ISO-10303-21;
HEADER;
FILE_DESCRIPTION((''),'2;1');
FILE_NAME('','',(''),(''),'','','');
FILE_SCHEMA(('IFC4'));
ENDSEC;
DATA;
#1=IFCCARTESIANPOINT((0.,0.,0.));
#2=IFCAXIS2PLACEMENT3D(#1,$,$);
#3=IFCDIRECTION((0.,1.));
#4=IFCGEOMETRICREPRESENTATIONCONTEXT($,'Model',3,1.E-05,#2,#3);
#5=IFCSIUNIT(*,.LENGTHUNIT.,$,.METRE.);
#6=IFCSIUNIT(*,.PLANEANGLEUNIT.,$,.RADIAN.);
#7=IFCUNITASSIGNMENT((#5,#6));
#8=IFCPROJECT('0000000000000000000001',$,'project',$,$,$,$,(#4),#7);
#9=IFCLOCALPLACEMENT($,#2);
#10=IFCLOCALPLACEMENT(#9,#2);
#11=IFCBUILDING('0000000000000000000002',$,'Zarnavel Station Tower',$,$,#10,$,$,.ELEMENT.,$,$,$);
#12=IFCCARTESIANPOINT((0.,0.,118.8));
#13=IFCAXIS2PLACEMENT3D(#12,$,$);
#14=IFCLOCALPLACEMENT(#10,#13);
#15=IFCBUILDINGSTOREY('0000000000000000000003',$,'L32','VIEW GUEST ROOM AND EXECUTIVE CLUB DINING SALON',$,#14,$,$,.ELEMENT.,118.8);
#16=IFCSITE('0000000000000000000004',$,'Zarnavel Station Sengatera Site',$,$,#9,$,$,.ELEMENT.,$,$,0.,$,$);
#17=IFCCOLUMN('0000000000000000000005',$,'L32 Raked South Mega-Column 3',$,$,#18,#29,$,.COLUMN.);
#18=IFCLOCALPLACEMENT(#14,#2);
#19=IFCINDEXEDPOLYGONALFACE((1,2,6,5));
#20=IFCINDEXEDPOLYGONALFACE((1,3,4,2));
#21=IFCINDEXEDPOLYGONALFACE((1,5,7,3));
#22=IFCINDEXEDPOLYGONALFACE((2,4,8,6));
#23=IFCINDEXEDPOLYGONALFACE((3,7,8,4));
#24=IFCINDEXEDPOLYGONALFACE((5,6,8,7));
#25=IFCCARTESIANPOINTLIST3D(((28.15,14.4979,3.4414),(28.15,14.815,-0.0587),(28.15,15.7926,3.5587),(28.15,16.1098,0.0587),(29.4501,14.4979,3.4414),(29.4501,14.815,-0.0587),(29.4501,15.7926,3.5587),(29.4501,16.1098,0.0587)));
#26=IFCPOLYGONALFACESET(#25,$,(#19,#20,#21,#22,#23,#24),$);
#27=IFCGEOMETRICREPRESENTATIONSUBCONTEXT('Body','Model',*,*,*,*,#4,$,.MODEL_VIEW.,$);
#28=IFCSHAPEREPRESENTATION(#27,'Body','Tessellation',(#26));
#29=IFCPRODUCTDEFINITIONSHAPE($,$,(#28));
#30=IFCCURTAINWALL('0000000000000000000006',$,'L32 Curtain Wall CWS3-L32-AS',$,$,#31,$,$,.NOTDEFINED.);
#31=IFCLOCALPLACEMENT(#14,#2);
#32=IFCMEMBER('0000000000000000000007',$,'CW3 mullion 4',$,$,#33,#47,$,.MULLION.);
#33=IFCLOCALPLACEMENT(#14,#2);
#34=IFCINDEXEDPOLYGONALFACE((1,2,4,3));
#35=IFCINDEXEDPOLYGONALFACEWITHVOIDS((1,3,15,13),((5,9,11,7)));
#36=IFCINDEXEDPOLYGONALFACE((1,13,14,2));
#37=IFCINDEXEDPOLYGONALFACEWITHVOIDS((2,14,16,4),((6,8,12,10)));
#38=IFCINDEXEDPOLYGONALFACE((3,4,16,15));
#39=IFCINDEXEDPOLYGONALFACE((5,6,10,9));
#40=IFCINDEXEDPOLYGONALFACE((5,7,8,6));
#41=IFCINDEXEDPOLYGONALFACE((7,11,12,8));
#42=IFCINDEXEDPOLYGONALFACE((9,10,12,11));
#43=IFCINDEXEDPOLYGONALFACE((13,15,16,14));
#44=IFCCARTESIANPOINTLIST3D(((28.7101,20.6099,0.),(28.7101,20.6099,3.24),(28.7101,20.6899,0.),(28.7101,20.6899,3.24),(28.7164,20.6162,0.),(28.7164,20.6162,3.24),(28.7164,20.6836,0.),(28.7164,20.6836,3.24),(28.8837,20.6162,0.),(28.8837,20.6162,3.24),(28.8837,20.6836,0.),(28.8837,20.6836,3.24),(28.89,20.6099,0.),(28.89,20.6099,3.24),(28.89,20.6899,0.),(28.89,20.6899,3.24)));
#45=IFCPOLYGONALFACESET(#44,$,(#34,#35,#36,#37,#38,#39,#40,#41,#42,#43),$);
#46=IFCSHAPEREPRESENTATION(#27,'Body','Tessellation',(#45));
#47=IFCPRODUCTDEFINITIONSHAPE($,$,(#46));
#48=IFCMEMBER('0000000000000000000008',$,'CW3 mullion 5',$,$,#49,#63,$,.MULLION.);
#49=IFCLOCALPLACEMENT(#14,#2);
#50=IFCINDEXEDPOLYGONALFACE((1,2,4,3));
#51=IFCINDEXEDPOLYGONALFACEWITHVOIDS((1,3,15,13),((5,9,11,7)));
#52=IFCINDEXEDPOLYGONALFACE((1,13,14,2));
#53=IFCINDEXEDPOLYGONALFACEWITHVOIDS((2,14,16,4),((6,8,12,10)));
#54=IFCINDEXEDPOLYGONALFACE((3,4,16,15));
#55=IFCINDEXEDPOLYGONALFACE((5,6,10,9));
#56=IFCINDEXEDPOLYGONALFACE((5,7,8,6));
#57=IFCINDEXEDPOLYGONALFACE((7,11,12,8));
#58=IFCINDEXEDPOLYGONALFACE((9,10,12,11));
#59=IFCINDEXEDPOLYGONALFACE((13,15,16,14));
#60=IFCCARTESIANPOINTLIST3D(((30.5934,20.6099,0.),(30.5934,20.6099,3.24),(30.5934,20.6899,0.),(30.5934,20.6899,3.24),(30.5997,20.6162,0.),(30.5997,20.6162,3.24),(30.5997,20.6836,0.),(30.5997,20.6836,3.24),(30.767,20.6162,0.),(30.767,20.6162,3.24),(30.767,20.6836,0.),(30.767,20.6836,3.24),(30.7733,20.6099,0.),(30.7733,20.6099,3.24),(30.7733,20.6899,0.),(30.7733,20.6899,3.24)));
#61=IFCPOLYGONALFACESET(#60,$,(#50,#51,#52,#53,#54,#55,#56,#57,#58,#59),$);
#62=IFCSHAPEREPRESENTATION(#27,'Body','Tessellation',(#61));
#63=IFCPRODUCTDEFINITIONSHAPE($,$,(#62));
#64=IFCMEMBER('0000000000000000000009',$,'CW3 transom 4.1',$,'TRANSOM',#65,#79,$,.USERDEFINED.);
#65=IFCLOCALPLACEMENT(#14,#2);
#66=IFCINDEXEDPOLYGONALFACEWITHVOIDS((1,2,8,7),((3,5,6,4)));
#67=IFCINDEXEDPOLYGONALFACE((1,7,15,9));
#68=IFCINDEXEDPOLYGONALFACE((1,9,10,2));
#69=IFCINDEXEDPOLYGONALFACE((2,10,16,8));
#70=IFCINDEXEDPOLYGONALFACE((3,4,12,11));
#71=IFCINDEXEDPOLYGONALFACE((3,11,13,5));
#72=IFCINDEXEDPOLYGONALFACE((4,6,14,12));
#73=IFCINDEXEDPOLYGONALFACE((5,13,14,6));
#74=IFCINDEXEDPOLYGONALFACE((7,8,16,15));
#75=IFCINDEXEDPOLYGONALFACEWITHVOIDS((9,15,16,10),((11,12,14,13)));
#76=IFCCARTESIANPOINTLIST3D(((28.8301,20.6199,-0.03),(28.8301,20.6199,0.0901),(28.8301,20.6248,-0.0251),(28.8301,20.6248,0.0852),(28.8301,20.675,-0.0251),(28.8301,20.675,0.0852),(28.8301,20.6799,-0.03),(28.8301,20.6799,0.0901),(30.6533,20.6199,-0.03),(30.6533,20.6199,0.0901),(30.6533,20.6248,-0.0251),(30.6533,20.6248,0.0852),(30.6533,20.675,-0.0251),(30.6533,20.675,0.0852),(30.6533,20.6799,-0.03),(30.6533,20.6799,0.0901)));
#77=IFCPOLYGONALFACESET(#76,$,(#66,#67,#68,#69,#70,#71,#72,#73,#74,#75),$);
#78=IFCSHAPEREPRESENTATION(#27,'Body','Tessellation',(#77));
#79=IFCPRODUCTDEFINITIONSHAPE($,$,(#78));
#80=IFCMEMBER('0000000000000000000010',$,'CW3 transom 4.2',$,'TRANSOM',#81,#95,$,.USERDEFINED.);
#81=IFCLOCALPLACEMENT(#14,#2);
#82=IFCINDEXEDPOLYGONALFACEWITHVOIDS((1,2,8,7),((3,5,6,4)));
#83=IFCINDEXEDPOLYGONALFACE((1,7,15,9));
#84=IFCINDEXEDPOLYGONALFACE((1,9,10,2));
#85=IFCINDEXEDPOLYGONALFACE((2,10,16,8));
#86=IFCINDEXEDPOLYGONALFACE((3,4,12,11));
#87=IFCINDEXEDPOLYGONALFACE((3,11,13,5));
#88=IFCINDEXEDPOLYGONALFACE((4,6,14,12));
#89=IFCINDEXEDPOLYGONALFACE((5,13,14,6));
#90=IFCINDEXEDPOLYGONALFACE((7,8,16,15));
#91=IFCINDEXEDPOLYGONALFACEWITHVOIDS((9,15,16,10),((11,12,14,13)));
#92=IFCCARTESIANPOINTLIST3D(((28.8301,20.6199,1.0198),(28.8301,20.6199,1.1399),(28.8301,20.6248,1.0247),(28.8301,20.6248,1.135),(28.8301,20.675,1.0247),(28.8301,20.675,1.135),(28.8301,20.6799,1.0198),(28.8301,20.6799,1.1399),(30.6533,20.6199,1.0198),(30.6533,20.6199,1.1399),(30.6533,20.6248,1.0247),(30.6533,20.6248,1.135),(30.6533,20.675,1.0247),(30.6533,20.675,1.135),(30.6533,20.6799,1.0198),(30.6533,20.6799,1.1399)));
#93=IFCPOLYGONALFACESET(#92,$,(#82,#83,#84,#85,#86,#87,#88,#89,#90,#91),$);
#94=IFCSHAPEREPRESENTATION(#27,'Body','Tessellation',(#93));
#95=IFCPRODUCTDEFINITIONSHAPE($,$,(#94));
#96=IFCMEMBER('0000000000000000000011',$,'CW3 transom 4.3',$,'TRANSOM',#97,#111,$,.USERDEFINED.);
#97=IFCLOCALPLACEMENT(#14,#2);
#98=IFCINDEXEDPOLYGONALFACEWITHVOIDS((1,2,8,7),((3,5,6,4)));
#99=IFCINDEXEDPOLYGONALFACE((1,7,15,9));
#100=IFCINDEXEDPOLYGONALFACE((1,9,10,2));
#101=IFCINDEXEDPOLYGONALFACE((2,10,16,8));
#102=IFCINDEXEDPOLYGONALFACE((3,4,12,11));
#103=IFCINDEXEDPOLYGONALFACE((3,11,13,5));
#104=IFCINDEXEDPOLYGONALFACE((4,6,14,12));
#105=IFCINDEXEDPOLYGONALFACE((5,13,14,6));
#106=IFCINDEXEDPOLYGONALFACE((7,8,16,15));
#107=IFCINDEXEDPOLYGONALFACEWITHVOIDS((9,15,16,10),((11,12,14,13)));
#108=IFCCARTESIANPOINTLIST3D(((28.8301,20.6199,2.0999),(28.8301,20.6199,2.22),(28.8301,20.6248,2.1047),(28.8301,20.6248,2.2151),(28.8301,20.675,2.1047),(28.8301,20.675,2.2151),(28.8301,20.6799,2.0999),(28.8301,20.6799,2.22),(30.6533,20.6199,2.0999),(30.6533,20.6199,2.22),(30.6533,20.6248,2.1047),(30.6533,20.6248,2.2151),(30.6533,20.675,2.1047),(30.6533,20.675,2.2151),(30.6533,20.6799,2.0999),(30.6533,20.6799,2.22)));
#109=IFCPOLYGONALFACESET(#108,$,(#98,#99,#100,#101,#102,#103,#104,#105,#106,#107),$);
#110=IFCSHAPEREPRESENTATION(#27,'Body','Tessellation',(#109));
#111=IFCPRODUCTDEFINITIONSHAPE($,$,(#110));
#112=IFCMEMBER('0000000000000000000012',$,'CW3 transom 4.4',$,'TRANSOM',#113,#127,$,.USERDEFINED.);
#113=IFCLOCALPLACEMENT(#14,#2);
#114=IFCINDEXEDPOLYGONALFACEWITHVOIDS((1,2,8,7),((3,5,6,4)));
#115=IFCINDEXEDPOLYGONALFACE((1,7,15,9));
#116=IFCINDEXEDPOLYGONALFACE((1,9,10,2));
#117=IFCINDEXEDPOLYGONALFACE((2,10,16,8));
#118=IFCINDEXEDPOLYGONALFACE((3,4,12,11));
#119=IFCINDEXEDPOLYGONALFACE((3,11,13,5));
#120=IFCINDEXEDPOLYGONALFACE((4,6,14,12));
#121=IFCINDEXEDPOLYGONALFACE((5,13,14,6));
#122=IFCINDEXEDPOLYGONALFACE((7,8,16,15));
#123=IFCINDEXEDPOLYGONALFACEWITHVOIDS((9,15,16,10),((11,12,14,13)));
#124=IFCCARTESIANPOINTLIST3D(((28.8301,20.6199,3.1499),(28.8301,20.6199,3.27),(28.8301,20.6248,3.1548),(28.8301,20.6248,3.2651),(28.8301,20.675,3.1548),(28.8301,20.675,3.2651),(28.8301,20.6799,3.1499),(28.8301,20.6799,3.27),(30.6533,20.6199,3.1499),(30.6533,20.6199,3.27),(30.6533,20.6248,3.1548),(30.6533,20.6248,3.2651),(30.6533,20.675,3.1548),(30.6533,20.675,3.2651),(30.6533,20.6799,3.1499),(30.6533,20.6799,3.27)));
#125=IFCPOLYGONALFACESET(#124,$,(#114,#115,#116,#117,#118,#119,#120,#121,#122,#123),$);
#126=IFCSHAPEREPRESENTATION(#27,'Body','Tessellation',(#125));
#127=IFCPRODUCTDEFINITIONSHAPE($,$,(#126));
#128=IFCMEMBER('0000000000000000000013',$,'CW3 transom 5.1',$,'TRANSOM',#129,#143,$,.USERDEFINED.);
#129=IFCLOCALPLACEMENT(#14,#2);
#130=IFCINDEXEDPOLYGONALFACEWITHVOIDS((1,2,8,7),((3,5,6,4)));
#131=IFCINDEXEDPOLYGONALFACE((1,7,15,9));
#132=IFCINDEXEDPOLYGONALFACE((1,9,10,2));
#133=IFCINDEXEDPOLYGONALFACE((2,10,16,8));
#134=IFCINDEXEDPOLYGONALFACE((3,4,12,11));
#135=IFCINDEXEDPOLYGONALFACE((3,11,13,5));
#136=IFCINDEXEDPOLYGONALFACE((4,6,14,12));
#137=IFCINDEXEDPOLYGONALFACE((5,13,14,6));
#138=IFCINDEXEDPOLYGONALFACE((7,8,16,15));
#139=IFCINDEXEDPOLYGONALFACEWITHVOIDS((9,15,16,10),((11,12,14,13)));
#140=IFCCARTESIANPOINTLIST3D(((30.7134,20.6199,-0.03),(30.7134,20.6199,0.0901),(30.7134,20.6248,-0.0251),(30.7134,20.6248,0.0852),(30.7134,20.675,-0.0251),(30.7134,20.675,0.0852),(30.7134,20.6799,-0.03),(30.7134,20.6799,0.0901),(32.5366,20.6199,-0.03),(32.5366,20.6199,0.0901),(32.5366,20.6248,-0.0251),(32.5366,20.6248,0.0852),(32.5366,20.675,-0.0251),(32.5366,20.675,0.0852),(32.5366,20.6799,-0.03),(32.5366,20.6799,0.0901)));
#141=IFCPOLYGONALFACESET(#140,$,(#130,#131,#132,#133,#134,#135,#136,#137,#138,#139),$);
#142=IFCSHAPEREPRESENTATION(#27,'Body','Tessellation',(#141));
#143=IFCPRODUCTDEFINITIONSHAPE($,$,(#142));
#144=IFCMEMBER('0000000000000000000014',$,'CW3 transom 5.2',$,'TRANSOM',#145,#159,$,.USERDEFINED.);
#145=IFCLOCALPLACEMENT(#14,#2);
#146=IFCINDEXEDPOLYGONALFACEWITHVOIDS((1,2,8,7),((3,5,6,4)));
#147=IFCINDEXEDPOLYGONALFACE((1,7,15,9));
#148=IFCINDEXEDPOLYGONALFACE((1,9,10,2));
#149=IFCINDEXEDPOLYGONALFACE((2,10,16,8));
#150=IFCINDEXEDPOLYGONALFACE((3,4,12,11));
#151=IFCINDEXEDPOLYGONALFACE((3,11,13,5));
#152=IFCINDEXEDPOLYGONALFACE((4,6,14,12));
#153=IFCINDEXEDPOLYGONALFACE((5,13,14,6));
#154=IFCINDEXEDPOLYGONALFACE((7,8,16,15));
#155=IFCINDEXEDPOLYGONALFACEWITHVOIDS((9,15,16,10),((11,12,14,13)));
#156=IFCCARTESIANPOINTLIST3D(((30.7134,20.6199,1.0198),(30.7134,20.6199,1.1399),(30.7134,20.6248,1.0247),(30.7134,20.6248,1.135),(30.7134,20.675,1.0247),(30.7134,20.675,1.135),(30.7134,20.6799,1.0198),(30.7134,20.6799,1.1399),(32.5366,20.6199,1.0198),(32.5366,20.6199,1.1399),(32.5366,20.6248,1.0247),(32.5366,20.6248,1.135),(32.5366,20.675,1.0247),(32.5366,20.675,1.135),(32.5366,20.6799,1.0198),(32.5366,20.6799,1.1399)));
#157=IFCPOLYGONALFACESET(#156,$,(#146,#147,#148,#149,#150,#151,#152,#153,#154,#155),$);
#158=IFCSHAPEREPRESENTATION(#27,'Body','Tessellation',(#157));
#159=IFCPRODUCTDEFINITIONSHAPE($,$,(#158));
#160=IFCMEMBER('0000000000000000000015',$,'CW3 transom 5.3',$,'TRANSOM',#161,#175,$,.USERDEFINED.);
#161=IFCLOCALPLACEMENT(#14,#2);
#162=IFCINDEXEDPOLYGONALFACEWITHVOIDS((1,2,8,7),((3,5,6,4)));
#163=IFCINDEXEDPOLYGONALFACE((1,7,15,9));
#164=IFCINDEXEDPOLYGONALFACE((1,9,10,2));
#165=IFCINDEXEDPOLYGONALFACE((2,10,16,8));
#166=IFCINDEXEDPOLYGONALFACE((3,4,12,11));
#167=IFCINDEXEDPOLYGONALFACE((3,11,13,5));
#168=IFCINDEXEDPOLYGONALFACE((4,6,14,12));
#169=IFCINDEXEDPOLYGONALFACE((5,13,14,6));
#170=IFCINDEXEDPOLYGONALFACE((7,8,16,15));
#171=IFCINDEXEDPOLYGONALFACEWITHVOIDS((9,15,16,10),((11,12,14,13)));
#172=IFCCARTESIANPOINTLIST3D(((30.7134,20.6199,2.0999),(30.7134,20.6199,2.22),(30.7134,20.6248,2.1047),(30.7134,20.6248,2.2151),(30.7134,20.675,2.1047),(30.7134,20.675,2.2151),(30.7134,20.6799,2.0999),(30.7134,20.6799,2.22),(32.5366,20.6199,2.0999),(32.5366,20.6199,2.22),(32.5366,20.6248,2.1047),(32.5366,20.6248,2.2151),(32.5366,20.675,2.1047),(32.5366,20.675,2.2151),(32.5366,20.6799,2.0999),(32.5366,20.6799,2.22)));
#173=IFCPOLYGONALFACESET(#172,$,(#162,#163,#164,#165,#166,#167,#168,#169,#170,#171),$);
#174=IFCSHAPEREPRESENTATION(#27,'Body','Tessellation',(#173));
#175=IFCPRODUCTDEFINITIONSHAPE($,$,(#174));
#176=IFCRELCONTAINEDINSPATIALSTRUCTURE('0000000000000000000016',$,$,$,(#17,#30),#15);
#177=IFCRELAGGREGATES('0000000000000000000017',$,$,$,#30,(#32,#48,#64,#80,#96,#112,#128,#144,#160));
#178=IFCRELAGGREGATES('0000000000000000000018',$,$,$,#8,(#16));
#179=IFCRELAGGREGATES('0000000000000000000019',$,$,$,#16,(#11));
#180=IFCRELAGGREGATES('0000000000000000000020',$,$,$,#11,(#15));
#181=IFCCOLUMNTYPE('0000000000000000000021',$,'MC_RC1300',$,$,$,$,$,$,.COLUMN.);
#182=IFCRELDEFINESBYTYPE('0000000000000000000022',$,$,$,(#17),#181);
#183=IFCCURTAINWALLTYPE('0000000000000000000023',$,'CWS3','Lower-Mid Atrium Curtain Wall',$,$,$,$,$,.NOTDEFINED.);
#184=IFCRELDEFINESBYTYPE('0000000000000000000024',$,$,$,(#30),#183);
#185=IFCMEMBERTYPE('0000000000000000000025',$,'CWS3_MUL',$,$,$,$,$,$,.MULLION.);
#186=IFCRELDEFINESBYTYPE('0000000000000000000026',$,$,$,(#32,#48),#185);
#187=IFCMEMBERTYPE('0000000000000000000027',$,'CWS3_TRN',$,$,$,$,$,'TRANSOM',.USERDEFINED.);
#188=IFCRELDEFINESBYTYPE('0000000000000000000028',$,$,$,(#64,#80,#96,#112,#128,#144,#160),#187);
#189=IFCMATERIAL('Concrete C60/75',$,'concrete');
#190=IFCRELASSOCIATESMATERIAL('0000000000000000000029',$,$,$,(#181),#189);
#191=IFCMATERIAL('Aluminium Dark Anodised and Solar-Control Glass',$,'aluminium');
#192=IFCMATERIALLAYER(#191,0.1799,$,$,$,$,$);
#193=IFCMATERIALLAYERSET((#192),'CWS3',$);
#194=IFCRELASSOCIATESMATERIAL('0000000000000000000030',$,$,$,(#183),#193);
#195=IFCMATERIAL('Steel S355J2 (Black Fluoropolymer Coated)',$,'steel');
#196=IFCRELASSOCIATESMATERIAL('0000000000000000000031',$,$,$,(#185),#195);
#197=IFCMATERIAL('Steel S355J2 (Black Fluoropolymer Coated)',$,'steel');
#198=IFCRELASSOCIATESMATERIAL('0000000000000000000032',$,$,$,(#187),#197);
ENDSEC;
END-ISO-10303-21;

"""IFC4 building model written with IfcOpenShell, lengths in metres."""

from ifc_helpers import new_model, si_unit, direction, frame, origin, origin_2d, place, context, subcontext, project, spatial, rectangle, hollow_rectangle, extrude, material, layer, layer_set, material_profile, profile_set, type_object, element, aggregate, save


model = new_model("IFC4")

# Units and contexts
model_context = context("Model", 3, precision=1e-05, world=origin(), true_north=direction((0.0, 1.0)))
body_context = subcontext(model_context, "Body", "Model", "MODEL_VIEW")
ifc_project = project(units=[si_unit("LENGTHUNIT", "METRE"), si_unit("PLANEANGLEUNIT", "RADIAN")], contexts=[model_context])

# Site, building, storey
site_placement = place(None, origin())
site = spatial("IfcSite", under=ifc_project, at=site_placement, Name="Zarnavel Station Sengatera Site", CompositionType="ELEMENT", RefElevation=0.0)
building_placement = place(site_placement, origin())
building = spatial("IfcBuilding", under=site, at=building_placement, Name="Zarnavel Station Tower", CompositionType="ELEMENT")
storey_placement = place(building_placement, frame((0.0, 0.0, 118.8)))
storey = spatial("IfcBuildingStorey", under=building, at=storey_placement, Name="L32", Description="VIEW GUEST ROOM AND EXECUTIVE CLUB DINING SALON", CompositionType="ELEMENT", Elevation=118.8)

# Column
ifc_material_1 = material(Name="Concrete C60/75", Category="concrete")
ifc_material_profile_1 = material_profile(ifc_material_1, rectangle(XDim=1.3, YDim=1.3, at=origin_2d()), Name="RC1300x1300")
ifc_profile_set_1 = profile_set([ifc_material_profile_1], Name="Concrete C60/75")
column_type = type_object("IfcColumnType", Name="MC_RC1300", PredefinedType="COLUMN", material=ifc_profile_set_1)
column_placement = place(storey_placement, frame((28.8, 15.4624, 0.0), z_axis=(0.0, -0.090241, 0.99592), x_axis=(1.0, 0.0, 0.0)))
element("IfcColumn", 1, at=column_placement, inside=storey, type_object=column_type, Name="L32 Raked South Mega-Column 3", PredefinedType="COLUMN", context=body_context, shape_type="SweptSolid", body=[
    extrude(rectangle(XDim=1.3, YDim=1.3, at=origin_2d()), origin(), (0.0, 0.0, 1.0), 3.5144),
])

# Curtain wall, members
ifc_material_2 = material(Name="Aluminium Dark Anodised and Solar-Control Glass", Category="aluminium")
ifc_layer_1 = layer(ifc_material_2, 0.1799)
ifc_layer_set_1 = layer_set([ifc_layer_1], Name="CWS3")
curtain_wall_type_1 = type_object("IfcCurtainWallType", Name="CWS3", Description="Lower-Mid Atrium Curtain Wall", PredefinedType="NOTDEFINED", material=ifc_layer_set_1)
curtain_wall_1_placement = place(storey_placement, origin())
curtain_wall_1 = element("IfcCurtainWall", 2, at=curtain_wall_1_placement, inside=storey, type_object=curtain_wall_type_1, Name="L32 Curtain Wall CWS3-L32-AS", PredefinedType="NOTDEFINED")
ifc_material_3 = material(Name="Steel S355J2 (Black Fluoropolymer Coated)", Category="steel")
ifc_material_profile_2 = material_profile(ifc_material_3, hollow_rectangle(XDim=0.0801, YDim=0.1799, WallThickness=0.0063, at=origin_2d()), Name="RHS180x80x6.3")
ifc_profile_set_2 = profile_set([ifc_material_profile_2], Name="Steel S355J2 (Black Fluoropolymer Coated)")
member_type_1 = type_object("IfcMemberType", Name="CWS3_MUL", PredefinedType="MULLION", material=ifc_profile_set_2)
member_1_placement = place(storey_placement, frame((28.8, 20.6499, 0.0), z_axis=(0.0, 0.0, 1.0), x_axis=(0.0, 1.0, 0.0)))
member_1 = element("IfcMember", 3, at=member_1_placement, type_object=member_type_1, Name="CW3 mullion 4", PredefinedType="MULLION", context=body_context, shape_type="SweptSolid", body=[
    extrude(hollow_rectangle(XDim=0.0801, YDim=0.1799, WallThickness=0.0063, at=origin_2d()), origin(), (0.0, 0.0, 1.0), 3.24),
])
member_2_placement = place(storey_placement, frame((30.6833, 20.6499, 0.0), z_axis=(0.0, 0.0, 1.0), x_axis=(0.0, 1.0, 0.0)))
member_2 = element("IfcMember", 4, at=member_2_placement, type_object=member_type_1, Name="CW3 mullion 5", PredefinedType="MULLION", context=body_context, shape_type="SweptSolid", body=[
    extrude(hollow_rectangle(XDim=0.0801, YDim=0.1799, WallThickness=0.0063, at=origin_2d()), origin(), (0.0, 0.0, 1.0), 3.24),
])
ifc_material_4 = material(Name="Steel S355J2 (Black Fluoropolymer Coated)", Category="steel")
ifc_material_profile_3 = material_profile(ifc_material_4, hollow_rectangle(XDim=0.0601, YDim=0.1201, WallThickness=0.0049, at=origin_2d()), Name="RHS120x60x5")
ifc_profile_set_3 = profile_set([ifc_material_profile_3], Name="Steel S355J2 (Black Fluoropolymer Coated)")
member_type_2 = type_object("IfcMemberType", Name="CWS3_TRN", ElementType="TRANSOM", PredefinedType="USERDEFINED", material=ifc_profile_set_3)
member_3_placement = place(storey_placement, frame((28.8301, 20.6499, 0.03), z_axis=(1.0, 0.0, 0.0), x_axis=(0.0, 1.0, 0.0)))
member_3 = element("IfcMember", 5, at=member_3_placement, type_object=member_type_2, Name="CW3 transom 4.1", ObjectType="TRANSOM", PredefinedType="USERDEFINED", context=body_context, shape_type="SweptSolid", body=[
    extrude(hollow_rectangle(XDim=0.0601, YDim=0.1201, WallThickness=0.0049, at=origin_2d()), origin(), (0.0, 0.0, 1.0), 1.8232),
])
member_4_placement = place(storey_placement, frame((28.8301, 20.6499, 1.0798), z_axis=(1.0, 0.0, 0.0), x_axis=(0.0, 1.0, 0.0)))
member_4 = element("IfcMember", 6, at=member_4_placement, type_object=member_type_2, Name="CW3 transom 4.2", ObjectType="TRANSOM", PredefinedType="USERDEFINED", context=body_context, shape_type="SweptSolid", body=[
    extrude(hollow_rectangle(XDim=0.0601, YDim=0.1201, WallThickness=0.0049, at=origin_2d()), origin(), (0.0, 0.0, 1.0), 1.8232),
])
member_5_placement = place(storey_placement, frame((28.8301, 20.6499, 2.1599), z_axis=(1.0, 0.0, 0.0), x_axis=(0.0, 1.0, 0.0)))
member_5 = element("IfcMember", 7, at=member_5_placement, type_object=member_type_2, Name="CW3 transom 4.3", ObjectType="TRANSOM", PredefinedType="USERDEFINED", context=body_context, shape_type="SweptSolid", body=[
    extrude(hollow_rectangle(XDim=0.0601, YDim=0.1201, WallThickness=0.0049, at=origin_2d()), origin(), (0.0, 0.0, 1.0), 1.8232),
])
member_6_placement = place(storey_placement, frame((28.8301, 20.6499, 3.21), z_axis=(1.0, 0.0, 0.0), x_axis=(0.0, 1.0, 0.0)))
member_6 = element("IfcMember", 8, at=member_6_placement, type_object=member_type_2, Name="CW3 transom 4.4", ObjectType="TRANSOM", PredefinedType="USERDEFINED", context=body_context, shape_type="SweptSolid", body=[
    extrude(hollow_rectangle(XDim=0.0601, YDim=0.1201, WallThickness=0.0049, at=origin_2d()), origin(), (0.0, 0.0, 1.0), 1.8232),
])
member_7_placement = place(storey_placement, frame((30.7134, 20.6499, 0.03), z_axis=(1.0, 0.0, 0.0), x_axis=(0.0, 1.0, 0.0)))
member_7 = element("IfcMember", 9, at=member_7_placement, type_object=member_type_2, Name="CW3 transom 5.1", ObjectType="TRANSOM", PredefinedType="USERDEFINED", context=body_context, shape_type="SweptSolid", body=[
    extrude(hollow_rectangle(XDim=0.0601, YDim=0.1201, WallThickness=0.0049, at=origin_2d()), origin(), (0.0, 0.0, 1.0), 1.8232),
])
member_8_placement = place(storey_placement, frame((30.7134, 20.6499, 1.0798), z_axis=(1.0, 0.0, 0.0), x_axis=(0.0, 1.0, 0.0)))
member_8 = element("IfcMember", 10, at=member_8_placement, type_object=member_type_2, Name="CW3 transom 5.2", ObjectType="TRANSOM", PredefinedType="USERDEFINED", context=body_context, shape_type="SweptSolid", body=[
    extrude(hollow_rectangle(XDim=0.0601, YDim=0.1201, WallThickness=0.0049, at=origin_2d()), origin(), (0.0, 0.0, 1.0), 1.8232),
])
member_9_placement = place(storey_placement, frame((30.7134, 20.6499, 2.1599), z_axis=(1.0, 0.0, 0.0), x_axis=(0.0, 1.0, 0.0)))
member_9 = element("IfcMember", 11, at=member_9_placement, type_object=member_type_2, Name="CW3 transom 5.3", ObjectType="TRANSOM", PredefinedType="USERDEFINED", context=body_context, shape_type="SweptSolid", body=[
    extrude(hollow_rectangle(XDim=0.0601, YDim=0.1201, WallThickness=0.0049, at=origin_2d()), origin(), (0.0, 0.0, 1.0), 1.8232),
])

aggregate(curtain_wall_1, [member_1, member_2, member_3, member_4, member_5, member_6, member_7, member_8, member_9])

save(model, "model.ifc")
